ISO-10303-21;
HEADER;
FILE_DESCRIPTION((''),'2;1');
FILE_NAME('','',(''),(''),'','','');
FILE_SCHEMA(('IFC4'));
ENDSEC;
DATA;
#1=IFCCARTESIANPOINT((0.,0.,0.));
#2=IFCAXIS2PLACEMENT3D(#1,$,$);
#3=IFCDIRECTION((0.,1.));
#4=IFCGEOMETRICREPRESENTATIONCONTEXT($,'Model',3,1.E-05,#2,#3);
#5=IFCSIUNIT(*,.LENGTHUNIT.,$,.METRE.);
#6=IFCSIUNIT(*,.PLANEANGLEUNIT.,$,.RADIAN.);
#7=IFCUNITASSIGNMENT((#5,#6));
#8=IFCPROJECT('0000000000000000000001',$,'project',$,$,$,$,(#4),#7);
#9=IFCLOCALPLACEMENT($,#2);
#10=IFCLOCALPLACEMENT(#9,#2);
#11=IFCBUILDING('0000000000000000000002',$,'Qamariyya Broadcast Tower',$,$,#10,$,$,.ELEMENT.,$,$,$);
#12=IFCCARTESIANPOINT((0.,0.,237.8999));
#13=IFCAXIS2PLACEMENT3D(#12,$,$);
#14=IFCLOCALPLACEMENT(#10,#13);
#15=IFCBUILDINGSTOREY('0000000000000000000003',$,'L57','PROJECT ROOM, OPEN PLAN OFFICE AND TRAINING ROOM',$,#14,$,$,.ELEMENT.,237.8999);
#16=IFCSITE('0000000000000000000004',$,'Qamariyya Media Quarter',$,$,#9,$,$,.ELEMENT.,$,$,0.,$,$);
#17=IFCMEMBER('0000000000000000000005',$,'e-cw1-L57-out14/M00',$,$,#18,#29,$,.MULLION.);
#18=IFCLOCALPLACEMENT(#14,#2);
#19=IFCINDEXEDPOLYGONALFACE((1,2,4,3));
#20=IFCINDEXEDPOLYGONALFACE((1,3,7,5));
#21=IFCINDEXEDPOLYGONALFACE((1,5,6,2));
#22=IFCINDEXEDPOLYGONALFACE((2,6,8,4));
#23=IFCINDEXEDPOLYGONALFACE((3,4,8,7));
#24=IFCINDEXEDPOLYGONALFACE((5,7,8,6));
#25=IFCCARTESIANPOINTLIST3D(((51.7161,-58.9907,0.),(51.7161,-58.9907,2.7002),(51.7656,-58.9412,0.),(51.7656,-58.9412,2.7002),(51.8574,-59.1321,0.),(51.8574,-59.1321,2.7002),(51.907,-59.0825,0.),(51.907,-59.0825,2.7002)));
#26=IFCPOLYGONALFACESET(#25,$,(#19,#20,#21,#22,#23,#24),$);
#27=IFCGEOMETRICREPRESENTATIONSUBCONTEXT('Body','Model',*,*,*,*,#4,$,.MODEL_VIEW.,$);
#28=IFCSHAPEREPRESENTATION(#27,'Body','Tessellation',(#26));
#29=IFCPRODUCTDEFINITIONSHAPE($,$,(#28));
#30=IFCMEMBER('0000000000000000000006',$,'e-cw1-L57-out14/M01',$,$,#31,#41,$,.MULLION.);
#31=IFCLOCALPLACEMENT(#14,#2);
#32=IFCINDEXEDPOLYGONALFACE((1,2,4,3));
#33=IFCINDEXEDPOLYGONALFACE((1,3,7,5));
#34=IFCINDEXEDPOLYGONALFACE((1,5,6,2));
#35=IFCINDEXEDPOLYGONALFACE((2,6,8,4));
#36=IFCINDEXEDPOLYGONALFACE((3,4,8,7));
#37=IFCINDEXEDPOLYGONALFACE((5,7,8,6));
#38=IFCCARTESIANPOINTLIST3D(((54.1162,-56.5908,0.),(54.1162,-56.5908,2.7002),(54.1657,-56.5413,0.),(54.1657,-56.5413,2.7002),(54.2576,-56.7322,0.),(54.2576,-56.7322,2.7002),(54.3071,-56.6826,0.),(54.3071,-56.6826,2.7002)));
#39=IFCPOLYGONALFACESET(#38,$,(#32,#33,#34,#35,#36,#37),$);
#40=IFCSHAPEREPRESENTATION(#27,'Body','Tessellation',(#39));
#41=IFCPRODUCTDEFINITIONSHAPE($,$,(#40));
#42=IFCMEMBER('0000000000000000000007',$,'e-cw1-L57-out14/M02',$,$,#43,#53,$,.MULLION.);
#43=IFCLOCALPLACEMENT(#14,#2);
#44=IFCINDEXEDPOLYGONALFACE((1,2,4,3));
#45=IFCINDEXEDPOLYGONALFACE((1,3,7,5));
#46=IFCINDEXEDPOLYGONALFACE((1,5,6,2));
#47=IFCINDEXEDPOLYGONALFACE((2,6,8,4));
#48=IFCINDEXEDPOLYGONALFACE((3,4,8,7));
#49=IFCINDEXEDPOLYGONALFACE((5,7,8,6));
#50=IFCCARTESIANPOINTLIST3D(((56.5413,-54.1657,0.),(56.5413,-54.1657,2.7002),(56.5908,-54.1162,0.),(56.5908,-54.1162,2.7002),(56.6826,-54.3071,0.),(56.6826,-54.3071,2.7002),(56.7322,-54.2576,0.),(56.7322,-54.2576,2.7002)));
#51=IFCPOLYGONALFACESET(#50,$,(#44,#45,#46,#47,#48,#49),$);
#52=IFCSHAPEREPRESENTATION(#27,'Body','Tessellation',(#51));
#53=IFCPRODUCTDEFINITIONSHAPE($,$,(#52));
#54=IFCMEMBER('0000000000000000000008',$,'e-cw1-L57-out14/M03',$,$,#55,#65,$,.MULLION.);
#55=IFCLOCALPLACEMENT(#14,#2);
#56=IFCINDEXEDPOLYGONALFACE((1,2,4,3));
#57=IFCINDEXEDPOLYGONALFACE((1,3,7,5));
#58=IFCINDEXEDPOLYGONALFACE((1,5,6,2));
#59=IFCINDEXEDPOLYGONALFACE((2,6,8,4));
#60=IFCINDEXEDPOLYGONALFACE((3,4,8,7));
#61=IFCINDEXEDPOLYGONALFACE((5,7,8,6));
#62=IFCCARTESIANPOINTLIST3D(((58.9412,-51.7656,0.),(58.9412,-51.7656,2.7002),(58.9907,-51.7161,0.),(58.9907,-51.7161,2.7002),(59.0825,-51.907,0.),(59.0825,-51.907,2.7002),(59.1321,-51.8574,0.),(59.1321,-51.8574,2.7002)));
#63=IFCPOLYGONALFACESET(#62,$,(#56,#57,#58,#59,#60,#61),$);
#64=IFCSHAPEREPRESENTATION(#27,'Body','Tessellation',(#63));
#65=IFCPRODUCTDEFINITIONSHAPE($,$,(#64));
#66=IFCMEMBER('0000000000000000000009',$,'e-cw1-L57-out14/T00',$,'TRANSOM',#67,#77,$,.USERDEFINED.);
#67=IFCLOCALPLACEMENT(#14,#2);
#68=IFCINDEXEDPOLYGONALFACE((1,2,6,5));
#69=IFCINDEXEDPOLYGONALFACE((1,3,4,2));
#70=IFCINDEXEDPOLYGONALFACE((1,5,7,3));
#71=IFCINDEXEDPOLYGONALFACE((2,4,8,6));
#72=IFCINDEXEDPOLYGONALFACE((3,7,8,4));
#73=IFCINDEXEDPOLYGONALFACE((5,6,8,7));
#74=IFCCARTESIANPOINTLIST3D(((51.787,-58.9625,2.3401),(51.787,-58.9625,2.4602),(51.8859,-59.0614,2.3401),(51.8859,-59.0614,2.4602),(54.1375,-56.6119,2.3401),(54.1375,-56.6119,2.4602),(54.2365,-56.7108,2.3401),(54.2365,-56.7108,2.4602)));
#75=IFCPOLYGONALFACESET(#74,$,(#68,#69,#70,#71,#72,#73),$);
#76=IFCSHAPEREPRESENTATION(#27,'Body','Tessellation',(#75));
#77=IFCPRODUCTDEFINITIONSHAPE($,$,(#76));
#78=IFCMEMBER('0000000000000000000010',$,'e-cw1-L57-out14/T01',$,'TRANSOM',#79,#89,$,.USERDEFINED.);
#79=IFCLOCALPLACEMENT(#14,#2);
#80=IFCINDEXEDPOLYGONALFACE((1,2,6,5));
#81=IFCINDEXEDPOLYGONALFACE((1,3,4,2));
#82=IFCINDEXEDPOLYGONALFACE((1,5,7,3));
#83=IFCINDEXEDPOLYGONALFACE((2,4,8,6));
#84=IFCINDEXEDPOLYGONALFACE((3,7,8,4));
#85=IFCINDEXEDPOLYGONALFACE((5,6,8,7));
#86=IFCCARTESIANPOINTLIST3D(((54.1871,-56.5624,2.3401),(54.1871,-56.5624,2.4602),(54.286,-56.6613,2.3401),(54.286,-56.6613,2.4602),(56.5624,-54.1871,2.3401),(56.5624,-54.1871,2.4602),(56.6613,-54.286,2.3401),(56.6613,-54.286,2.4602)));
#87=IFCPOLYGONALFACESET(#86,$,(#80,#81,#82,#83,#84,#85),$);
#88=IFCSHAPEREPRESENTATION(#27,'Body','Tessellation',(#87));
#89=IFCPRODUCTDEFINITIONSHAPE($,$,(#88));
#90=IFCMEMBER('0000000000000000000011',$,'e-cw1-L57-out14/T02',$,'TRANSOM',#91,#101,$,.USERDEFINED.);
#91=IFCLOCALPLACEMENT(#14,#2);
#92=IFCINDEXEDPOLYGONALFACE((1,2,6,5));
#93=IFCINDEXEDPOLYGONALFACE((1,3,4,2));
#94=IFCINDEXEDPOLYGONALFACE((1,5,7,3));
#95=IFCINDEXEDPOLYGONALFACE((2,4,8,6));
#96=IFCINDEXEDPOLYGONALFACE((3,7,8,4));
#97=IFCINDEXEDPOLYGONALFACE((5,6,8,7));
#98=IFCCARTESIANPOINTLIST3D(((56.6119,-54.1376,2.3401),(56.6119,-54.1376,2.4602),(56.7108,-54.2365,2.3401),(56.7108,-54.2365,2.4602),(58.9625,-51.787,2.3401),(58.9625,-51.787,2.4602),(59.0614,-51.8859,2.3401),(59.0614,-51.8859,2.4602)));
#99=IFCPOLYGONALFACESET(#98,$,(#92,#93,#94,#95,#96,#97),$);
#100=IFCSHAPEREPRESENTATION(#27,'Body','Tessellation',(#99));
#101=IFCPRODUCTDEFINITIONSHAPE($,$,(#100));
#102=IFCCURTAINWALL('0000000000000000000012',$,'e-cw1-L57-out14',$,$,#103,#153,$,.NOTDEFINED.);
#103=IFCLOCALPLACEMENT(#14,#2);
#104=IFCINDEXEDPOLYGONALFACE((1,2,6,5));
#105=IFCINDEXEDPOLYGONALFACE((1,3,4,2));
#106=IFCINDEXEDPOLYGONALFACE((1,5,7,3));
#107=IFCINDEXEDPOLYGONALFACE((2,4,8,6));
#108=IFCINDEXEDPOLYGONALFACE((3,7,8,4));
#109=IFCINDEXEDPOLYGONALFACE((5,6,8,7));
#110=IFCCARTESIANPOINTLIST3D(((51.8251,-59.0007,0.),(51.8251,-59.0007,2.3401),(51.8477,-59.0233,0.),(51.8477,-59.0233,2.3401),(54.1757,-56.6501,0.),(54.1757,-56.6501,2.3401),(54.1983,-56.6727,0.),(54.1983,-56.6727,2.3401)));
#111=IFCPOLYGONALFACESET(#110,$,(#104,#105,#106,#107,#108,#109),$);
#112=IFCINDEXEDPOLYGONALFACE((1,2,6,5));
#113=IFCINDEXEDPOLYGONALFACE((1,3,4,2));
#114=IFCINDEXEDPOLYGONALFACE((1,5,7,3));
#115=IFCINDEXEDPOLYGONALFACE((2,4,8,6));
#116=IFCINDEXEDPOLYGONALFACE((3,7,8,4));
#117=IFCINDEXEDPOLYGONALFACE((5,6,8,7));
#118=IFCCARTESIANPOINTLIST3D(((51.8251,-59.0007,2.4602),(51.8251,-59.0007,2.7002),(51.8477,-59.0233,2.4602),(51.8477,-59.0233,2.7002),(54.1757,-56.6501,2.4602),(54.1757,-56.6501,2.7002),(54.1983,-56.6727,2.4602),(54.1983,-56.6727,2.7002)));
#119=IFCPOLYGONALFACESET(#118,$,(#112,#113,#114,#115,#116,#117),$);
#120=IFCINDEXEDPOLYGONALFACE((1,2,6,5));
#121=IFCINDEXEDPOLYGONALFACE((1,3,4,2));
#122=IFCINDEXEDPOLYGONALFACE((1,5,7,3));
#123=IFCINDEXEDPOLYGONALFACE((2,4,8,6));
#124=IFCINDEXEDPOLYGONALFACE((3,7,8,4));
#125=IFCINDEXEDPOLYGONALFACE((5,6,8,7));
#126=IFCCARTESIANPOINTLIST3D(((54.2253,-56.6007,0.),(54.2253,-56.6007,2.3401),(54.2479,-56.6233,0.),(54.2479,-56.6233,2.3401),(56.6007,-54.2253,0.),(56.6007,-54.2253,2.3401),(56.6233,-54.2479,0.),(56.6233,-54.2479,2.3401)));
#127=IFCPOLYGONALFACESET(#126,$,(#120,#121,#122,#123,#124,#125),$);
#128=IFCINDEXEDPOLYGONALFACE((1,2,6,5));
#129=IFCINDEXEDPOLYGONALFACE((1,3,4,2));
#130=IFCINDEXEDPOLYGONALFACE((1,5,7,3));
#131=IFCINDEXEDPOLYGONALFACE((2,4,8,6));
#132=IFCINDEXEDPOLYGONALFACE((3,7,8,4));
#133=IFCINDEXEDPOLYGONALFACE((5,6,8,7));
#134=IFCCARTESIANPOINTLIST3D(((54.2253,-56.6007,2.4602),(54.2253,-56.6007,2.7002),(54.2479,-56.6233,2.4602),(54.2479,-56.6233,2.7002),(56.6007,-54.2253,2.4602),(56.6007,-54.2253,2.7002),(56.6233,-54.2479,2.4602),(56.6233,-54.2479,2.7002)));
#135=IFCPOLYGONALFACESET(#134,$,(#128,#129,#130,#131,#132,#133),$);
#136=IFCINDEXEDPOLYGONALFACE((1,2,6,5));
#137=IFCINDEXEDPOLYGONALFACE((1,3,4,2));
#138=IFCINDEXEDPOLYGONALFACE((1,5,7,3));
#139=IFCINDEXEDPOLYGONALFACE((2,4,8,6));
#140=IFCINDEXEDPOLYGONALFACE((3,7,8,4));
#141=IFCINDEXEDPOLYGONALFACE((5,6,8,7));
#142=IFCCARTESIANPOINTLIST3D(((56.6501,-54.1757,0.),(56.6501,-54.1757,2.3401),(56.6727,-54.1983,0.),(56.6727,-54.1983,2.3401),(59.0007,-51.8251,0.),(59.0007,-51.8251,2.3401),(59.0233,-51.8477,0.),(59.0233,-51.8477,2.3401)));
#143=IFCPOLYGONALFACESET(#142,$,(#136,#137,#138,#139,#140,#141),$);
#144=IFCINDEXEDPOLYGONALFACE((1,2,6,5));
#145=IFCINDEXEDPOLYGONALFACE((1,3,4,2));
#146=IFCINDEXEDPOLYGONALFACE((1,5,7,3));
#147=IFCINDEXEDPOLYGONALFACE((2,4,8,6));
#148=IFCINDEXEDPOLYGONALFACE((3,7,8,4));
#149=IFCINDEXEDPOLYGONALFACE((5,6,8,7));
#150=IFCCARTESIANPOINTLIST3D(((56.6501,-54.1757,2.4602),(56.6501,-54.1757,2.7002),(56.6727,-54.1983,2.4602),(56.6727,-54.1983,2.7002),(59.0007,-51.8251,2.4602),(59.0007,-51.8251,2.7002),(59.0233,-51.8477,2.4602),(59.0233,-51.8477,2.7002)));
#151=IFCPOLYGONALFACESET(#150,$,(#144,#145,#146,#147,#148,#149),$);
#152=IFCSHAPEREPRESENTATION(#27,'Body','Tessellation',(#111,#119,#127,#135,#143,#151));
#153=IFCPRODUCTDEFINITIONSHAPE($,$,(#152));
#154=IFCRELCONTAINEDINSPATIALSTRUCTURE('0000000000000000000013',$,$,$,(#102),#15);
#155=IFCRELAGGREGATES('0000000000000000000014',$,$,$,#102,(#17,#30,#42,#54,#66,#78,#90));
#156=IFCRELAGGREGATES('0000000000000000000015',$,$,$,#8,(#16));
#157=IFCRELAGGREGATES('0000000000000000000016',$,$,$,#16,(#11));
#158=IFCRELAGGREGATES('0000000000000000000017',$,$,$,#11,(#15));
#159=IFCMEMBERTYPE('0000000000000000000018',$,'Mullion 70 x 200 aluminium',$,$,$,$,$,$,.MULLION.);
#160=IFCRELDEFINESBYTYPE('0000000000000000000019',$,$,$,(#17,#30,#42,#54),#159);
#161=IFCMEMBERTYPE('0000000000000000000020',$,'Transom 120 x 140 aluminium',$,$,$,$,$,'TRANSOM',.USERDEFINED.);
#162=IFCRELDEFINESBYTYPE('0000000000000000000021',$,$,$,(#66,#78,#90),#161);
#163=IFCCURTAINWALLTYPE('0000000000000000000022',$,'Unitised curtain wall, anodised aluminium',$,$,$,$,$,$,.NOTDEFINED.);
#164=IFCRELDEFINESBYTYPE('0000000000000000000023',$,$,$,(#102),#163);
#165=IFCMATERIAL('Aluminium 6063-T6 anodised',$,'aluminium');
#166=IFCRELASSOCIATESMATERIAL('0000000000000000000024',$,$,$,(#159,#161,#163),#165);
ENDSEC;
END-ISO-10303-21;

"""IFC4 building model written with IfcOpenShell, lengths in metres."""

from ifc_helpers import new_model, si_unit, direction, frame, origin, origin_2d, place, context, subcontext, project, spatial, rectangle, extrude, material, material_profile, profile_set, type_object, element, aggregate, save


model = new_model("IFC4")

# Units and contexts
model_context = context("Model", 3, precision=1e-05, world=origin(), true_north=direction((0.0, 1.0)))
body_context = subcontext(model_context, "Body", "Model", "MODEL_VIEW")
ifc_project = project(units=[si_unit("LENGTHUNIT", "METRE"), si_unit("PLANEANGLEUNIT", "RADIAN")], contexts=[model_context])

# Members
ifc_material = material(Name="Aluminium 6063-T6 anodised", Category="aluminium")
ifc_material_profile_1 = material_profile(ifc_material, rectangle(XDim=0.2, YDim=0.0701, at=origin_2d()))
ifc_profile_set_1 = profile_set([ifc_material_profile_1], Name="Aluminium 6063-T6 anodised")
member_type_1 = type_object("IfcMemberType", Name="Mullion 70 x 200 aluminium", PredefinedType="MULLION", material=ifc_profile_set_1)
site_placement = place(None, origin())
building_placement = place(site_placement, origin())
storey_placement = place(building_placement, frame((0.0, 0.0, 237.8999)))
member_1_placement = place(storey_placement, frame((51.8115, -59.0366, 0.0), z_axis=(0.0, 0.0, 1.0), x_axis=(-0.707107, 0.707107, 0.0)))
member_1 = element("IfcMember", 1, at=member_1_placement, type_object=member_type_1, Name="e-cw1-L57-out14/M00", PredefinedType="MULLION", context=body_context, shape_type="SweptSolid", body=[
    extrude(rectangle(XDim=0.2, YDim=0.0701, at=origin_2d()), origin(), (0.0, 0.0, 1.0), 2.7002),
])
member_2_placement = place(storey_placement, frame((54.2117, -56.6367, 0.0), z_axis=(0.0, 0.0, 1.0), x_axis=(-0.707107, 0.707107, 0.0)))
member_2 = element("IfcMember", 2, at=member_2_placement, type_object=member_type_1, Name="e-cw1-L57-out14/M01", PredefinedType="MULLION", context=body_context, shape_type="SweptSolid", body=[
    extrude(rectangle(XDim=0.2, YDim=0.0701, at=origin_2d()), origin(), (0.0, 0.0, 1.0), 2.7002),
])
member_3_placement = place(storey_placement, frame((56.6367, -54.2117, 0.0), z_axis=(0.0, 0.0, 1.0), x_axis=(-0.707107, 0.707107, 0.0)))
member_3 = element("IfcMember", 3, at=member_3_placement, type_object=member_type_1, Name="e-cw1-L57-out14/M02", PredefinedType="MULLION", context=body_context, shape_type="SweptSolid", body=[
    extrude(rectangle(XDim=0.2, YDim=0.0701, at=origin_2d()), origin(), (0.0, 0.0, 1.0), 2.7002),
])
member_4_placement = place(storey_placement, frame((59.0366, -51.8115, 0.0), z_axis=(0.0, 0.0, 1.0), x_axis=(-0.707107, 0.707107, 0.0)))
member_4 = element("IfcMember", 4, at=member_4_placement, type_object=member_type_1, Name="e-cw1-L57-out14/M03", PredefinedType="MULLION", context=body_context, shape_type="SweptSolid", body=[
    extrude(rectangle(XDim=0.2, YDim=0.0701, at=origin_2d()), origin(), (0.0, 0.0, 1.0), 2.7002),
])
ifc_material_profile_2 = material_profile(ifc_material, rectangle(XDim=0.1399, YDim=0.1201, at=origin_2d()))
ifc_profile_set_2 = profile_set([ifc_material_profile_2], Name="Aluminium 6063-T6 anodised")
member_type_2 = type_object("IfcMemberType", Name="Transom 120 x 140 aluminium", ElementType="TRANSOM", PredefinedType="USERDEFINED", material=ifc_profile_set_2)
member_5_placement = place(storey_placement, frame((51.8364, -59.012, 2.4001), z_axis=(0.707107, 0.707107, 0.0), x_axis=(-0.707107, 0.707107, 0.0)))
member_5 = element("IfcMember", 5, at=member_5_placement, type_object=member_type_2, Name="e-cw1-L57-out14/T00", ObjectType="TRANSOM", PredefinedType="USERDEFINED", context=body_context, shape_type="SweptSolid", body=[
    extrude(rectangle(XDim=0.1399, YDim=0.1201, at=origin_2d()), origin(), (0.0, 0.0, 1.0), 3.3242),
])
member_6_placement = place(storey_placement, frame((54.2366, -56.6118, 2.4001), z_axis=(0.707107, 0.707107, 0.0), x_axis=(-0.707107, 0.707107, 0.0)))
member_6 = element("IfcMember", 6, at=member_6_placement, type_object=member_type_2, Name="e-cw1-L57-out14/T01", ObjectType="TRANSOM", PredefinedType="USERDEFINED", context=body_context, shape_type="SweptSolid", body=[
    extrude(rectangle(XDim=0.1399, YDim=0.1201, at=origin_2d()), origin(), (0.0, 0.0, 1.0), 3.3591),
])
member_7_placement = place(storey_placement, frame((56.6614, -54.187, 2.4001), z_axis=(0.707107, 0.707107, 0.0), x_axis=(-0.707107, 0.707107, 0.0)))
member_7 = element("IfcMember", 7, at=member_7_placement, type_object=member_type_2, Name="e-cw1-L57-out14/T02", ObjectType="TRANSOM", PredefinedType="USERDEFINED", context=body_context, shape_type="SweptSolid", body=[
    extrude(rectangle(XDim=0.1399, YDim=0.1201, at=origin_2d()), origin(), (0.0, 0.0, 1.0), 3.3242),
])

# Site, building, storey
site = spatial("IfcSite", under=ifc_project, at=site_placement, Name="Qamariyya Media Quarter", CompositionType="ELEMENT", RefElevation=0.0)
building = spatial("IfcBuilding", under=site, at=building_placement, Name="Qamariyya Broadcast Tower", CompositionType="ELEMENT")
storey = spatial("IfcBuildingStorey", under=building, at=storey_placement, Name="L57", Description="PROJECT ROOM, OPEN PLAN OFFICE AND TRAINING ROOM", CompositionType="ELEMENT", Elevation=237.8999)

# Curtain wall
curtain_wall_type = type_object("IfcCurtainWallType", Name="Unitised curtain wall, anodised aluminium", PredefinedType="NOTDEFINED", material=ifc_material)
curtain_wall_1_placement = place(storey_placement, origin())
curtain_wall_1 = element("IfcCurtainWall", 8, at=curtain_wall_1_placement, inside=storey, type_object=curtain_wall_type, Name="e-cw1-L57-out14", PredefinedType="NOTDEFINED", context=body_context, shape_type="SweptSolid", body=[
    extrude(rectangle(XDim=3.3242, YDim=0.032, at=origin_2d()), frame((53.0117, -57.8367, 0.0), x_axis=(0.707107, 0.707107, 0.0)), (0.0, 0.0, 1.0), 2.3401),
    extrude(rectangle(XDim=3.3242, YDim=0.032, at=origin_2d()), frame((53.0117, -57.8367, 2.4602), x_axis=(0.707107, 0.707107, 0.0)), (0.0, 0.0, 1.0), 0.24),
    extrude(rectangle(XDim=3.3594, YDim=0.032, at=origin_2d()), frame((55.4243, -55.4243, 0.0), x_axis=(0.707107, 0.707107, 0.0)), (0.0, 0.0, 1.0), 2.3401),
    extrude(rectangle(XDim=3.3594, YDim=0.032, at=origin_2d()), frame((55.4243, -55.4243, 2.4602), x_axis=(0.707107, 0.707107, 0.0)), (0.0, 0.0, 1.0), 0.24),
    extrude(rectangle(XDim=3.3242, YDim=0.032, at=origin_2d()), frame((57.8367, -53.0117, 0.0), x_axis=(0.707107, 0.707107, 0.0)), (0.0, 0.0, 1.0), 2.3401),
    extrude(rectangle(XDim=3.3242, YDim=0.032, at=origin_2d()), frame((57.8367, -53.0117, 2.4602), x_axis=(0.707107, 0.707107, 0.0)), (0.0, 0.0, 1.0), 0.24),
])
aggregate(curtain_wall_1, [member_1, member_2, member_3, member_4, member_5, member_6, member_7])

save(model, "model.ifc")
